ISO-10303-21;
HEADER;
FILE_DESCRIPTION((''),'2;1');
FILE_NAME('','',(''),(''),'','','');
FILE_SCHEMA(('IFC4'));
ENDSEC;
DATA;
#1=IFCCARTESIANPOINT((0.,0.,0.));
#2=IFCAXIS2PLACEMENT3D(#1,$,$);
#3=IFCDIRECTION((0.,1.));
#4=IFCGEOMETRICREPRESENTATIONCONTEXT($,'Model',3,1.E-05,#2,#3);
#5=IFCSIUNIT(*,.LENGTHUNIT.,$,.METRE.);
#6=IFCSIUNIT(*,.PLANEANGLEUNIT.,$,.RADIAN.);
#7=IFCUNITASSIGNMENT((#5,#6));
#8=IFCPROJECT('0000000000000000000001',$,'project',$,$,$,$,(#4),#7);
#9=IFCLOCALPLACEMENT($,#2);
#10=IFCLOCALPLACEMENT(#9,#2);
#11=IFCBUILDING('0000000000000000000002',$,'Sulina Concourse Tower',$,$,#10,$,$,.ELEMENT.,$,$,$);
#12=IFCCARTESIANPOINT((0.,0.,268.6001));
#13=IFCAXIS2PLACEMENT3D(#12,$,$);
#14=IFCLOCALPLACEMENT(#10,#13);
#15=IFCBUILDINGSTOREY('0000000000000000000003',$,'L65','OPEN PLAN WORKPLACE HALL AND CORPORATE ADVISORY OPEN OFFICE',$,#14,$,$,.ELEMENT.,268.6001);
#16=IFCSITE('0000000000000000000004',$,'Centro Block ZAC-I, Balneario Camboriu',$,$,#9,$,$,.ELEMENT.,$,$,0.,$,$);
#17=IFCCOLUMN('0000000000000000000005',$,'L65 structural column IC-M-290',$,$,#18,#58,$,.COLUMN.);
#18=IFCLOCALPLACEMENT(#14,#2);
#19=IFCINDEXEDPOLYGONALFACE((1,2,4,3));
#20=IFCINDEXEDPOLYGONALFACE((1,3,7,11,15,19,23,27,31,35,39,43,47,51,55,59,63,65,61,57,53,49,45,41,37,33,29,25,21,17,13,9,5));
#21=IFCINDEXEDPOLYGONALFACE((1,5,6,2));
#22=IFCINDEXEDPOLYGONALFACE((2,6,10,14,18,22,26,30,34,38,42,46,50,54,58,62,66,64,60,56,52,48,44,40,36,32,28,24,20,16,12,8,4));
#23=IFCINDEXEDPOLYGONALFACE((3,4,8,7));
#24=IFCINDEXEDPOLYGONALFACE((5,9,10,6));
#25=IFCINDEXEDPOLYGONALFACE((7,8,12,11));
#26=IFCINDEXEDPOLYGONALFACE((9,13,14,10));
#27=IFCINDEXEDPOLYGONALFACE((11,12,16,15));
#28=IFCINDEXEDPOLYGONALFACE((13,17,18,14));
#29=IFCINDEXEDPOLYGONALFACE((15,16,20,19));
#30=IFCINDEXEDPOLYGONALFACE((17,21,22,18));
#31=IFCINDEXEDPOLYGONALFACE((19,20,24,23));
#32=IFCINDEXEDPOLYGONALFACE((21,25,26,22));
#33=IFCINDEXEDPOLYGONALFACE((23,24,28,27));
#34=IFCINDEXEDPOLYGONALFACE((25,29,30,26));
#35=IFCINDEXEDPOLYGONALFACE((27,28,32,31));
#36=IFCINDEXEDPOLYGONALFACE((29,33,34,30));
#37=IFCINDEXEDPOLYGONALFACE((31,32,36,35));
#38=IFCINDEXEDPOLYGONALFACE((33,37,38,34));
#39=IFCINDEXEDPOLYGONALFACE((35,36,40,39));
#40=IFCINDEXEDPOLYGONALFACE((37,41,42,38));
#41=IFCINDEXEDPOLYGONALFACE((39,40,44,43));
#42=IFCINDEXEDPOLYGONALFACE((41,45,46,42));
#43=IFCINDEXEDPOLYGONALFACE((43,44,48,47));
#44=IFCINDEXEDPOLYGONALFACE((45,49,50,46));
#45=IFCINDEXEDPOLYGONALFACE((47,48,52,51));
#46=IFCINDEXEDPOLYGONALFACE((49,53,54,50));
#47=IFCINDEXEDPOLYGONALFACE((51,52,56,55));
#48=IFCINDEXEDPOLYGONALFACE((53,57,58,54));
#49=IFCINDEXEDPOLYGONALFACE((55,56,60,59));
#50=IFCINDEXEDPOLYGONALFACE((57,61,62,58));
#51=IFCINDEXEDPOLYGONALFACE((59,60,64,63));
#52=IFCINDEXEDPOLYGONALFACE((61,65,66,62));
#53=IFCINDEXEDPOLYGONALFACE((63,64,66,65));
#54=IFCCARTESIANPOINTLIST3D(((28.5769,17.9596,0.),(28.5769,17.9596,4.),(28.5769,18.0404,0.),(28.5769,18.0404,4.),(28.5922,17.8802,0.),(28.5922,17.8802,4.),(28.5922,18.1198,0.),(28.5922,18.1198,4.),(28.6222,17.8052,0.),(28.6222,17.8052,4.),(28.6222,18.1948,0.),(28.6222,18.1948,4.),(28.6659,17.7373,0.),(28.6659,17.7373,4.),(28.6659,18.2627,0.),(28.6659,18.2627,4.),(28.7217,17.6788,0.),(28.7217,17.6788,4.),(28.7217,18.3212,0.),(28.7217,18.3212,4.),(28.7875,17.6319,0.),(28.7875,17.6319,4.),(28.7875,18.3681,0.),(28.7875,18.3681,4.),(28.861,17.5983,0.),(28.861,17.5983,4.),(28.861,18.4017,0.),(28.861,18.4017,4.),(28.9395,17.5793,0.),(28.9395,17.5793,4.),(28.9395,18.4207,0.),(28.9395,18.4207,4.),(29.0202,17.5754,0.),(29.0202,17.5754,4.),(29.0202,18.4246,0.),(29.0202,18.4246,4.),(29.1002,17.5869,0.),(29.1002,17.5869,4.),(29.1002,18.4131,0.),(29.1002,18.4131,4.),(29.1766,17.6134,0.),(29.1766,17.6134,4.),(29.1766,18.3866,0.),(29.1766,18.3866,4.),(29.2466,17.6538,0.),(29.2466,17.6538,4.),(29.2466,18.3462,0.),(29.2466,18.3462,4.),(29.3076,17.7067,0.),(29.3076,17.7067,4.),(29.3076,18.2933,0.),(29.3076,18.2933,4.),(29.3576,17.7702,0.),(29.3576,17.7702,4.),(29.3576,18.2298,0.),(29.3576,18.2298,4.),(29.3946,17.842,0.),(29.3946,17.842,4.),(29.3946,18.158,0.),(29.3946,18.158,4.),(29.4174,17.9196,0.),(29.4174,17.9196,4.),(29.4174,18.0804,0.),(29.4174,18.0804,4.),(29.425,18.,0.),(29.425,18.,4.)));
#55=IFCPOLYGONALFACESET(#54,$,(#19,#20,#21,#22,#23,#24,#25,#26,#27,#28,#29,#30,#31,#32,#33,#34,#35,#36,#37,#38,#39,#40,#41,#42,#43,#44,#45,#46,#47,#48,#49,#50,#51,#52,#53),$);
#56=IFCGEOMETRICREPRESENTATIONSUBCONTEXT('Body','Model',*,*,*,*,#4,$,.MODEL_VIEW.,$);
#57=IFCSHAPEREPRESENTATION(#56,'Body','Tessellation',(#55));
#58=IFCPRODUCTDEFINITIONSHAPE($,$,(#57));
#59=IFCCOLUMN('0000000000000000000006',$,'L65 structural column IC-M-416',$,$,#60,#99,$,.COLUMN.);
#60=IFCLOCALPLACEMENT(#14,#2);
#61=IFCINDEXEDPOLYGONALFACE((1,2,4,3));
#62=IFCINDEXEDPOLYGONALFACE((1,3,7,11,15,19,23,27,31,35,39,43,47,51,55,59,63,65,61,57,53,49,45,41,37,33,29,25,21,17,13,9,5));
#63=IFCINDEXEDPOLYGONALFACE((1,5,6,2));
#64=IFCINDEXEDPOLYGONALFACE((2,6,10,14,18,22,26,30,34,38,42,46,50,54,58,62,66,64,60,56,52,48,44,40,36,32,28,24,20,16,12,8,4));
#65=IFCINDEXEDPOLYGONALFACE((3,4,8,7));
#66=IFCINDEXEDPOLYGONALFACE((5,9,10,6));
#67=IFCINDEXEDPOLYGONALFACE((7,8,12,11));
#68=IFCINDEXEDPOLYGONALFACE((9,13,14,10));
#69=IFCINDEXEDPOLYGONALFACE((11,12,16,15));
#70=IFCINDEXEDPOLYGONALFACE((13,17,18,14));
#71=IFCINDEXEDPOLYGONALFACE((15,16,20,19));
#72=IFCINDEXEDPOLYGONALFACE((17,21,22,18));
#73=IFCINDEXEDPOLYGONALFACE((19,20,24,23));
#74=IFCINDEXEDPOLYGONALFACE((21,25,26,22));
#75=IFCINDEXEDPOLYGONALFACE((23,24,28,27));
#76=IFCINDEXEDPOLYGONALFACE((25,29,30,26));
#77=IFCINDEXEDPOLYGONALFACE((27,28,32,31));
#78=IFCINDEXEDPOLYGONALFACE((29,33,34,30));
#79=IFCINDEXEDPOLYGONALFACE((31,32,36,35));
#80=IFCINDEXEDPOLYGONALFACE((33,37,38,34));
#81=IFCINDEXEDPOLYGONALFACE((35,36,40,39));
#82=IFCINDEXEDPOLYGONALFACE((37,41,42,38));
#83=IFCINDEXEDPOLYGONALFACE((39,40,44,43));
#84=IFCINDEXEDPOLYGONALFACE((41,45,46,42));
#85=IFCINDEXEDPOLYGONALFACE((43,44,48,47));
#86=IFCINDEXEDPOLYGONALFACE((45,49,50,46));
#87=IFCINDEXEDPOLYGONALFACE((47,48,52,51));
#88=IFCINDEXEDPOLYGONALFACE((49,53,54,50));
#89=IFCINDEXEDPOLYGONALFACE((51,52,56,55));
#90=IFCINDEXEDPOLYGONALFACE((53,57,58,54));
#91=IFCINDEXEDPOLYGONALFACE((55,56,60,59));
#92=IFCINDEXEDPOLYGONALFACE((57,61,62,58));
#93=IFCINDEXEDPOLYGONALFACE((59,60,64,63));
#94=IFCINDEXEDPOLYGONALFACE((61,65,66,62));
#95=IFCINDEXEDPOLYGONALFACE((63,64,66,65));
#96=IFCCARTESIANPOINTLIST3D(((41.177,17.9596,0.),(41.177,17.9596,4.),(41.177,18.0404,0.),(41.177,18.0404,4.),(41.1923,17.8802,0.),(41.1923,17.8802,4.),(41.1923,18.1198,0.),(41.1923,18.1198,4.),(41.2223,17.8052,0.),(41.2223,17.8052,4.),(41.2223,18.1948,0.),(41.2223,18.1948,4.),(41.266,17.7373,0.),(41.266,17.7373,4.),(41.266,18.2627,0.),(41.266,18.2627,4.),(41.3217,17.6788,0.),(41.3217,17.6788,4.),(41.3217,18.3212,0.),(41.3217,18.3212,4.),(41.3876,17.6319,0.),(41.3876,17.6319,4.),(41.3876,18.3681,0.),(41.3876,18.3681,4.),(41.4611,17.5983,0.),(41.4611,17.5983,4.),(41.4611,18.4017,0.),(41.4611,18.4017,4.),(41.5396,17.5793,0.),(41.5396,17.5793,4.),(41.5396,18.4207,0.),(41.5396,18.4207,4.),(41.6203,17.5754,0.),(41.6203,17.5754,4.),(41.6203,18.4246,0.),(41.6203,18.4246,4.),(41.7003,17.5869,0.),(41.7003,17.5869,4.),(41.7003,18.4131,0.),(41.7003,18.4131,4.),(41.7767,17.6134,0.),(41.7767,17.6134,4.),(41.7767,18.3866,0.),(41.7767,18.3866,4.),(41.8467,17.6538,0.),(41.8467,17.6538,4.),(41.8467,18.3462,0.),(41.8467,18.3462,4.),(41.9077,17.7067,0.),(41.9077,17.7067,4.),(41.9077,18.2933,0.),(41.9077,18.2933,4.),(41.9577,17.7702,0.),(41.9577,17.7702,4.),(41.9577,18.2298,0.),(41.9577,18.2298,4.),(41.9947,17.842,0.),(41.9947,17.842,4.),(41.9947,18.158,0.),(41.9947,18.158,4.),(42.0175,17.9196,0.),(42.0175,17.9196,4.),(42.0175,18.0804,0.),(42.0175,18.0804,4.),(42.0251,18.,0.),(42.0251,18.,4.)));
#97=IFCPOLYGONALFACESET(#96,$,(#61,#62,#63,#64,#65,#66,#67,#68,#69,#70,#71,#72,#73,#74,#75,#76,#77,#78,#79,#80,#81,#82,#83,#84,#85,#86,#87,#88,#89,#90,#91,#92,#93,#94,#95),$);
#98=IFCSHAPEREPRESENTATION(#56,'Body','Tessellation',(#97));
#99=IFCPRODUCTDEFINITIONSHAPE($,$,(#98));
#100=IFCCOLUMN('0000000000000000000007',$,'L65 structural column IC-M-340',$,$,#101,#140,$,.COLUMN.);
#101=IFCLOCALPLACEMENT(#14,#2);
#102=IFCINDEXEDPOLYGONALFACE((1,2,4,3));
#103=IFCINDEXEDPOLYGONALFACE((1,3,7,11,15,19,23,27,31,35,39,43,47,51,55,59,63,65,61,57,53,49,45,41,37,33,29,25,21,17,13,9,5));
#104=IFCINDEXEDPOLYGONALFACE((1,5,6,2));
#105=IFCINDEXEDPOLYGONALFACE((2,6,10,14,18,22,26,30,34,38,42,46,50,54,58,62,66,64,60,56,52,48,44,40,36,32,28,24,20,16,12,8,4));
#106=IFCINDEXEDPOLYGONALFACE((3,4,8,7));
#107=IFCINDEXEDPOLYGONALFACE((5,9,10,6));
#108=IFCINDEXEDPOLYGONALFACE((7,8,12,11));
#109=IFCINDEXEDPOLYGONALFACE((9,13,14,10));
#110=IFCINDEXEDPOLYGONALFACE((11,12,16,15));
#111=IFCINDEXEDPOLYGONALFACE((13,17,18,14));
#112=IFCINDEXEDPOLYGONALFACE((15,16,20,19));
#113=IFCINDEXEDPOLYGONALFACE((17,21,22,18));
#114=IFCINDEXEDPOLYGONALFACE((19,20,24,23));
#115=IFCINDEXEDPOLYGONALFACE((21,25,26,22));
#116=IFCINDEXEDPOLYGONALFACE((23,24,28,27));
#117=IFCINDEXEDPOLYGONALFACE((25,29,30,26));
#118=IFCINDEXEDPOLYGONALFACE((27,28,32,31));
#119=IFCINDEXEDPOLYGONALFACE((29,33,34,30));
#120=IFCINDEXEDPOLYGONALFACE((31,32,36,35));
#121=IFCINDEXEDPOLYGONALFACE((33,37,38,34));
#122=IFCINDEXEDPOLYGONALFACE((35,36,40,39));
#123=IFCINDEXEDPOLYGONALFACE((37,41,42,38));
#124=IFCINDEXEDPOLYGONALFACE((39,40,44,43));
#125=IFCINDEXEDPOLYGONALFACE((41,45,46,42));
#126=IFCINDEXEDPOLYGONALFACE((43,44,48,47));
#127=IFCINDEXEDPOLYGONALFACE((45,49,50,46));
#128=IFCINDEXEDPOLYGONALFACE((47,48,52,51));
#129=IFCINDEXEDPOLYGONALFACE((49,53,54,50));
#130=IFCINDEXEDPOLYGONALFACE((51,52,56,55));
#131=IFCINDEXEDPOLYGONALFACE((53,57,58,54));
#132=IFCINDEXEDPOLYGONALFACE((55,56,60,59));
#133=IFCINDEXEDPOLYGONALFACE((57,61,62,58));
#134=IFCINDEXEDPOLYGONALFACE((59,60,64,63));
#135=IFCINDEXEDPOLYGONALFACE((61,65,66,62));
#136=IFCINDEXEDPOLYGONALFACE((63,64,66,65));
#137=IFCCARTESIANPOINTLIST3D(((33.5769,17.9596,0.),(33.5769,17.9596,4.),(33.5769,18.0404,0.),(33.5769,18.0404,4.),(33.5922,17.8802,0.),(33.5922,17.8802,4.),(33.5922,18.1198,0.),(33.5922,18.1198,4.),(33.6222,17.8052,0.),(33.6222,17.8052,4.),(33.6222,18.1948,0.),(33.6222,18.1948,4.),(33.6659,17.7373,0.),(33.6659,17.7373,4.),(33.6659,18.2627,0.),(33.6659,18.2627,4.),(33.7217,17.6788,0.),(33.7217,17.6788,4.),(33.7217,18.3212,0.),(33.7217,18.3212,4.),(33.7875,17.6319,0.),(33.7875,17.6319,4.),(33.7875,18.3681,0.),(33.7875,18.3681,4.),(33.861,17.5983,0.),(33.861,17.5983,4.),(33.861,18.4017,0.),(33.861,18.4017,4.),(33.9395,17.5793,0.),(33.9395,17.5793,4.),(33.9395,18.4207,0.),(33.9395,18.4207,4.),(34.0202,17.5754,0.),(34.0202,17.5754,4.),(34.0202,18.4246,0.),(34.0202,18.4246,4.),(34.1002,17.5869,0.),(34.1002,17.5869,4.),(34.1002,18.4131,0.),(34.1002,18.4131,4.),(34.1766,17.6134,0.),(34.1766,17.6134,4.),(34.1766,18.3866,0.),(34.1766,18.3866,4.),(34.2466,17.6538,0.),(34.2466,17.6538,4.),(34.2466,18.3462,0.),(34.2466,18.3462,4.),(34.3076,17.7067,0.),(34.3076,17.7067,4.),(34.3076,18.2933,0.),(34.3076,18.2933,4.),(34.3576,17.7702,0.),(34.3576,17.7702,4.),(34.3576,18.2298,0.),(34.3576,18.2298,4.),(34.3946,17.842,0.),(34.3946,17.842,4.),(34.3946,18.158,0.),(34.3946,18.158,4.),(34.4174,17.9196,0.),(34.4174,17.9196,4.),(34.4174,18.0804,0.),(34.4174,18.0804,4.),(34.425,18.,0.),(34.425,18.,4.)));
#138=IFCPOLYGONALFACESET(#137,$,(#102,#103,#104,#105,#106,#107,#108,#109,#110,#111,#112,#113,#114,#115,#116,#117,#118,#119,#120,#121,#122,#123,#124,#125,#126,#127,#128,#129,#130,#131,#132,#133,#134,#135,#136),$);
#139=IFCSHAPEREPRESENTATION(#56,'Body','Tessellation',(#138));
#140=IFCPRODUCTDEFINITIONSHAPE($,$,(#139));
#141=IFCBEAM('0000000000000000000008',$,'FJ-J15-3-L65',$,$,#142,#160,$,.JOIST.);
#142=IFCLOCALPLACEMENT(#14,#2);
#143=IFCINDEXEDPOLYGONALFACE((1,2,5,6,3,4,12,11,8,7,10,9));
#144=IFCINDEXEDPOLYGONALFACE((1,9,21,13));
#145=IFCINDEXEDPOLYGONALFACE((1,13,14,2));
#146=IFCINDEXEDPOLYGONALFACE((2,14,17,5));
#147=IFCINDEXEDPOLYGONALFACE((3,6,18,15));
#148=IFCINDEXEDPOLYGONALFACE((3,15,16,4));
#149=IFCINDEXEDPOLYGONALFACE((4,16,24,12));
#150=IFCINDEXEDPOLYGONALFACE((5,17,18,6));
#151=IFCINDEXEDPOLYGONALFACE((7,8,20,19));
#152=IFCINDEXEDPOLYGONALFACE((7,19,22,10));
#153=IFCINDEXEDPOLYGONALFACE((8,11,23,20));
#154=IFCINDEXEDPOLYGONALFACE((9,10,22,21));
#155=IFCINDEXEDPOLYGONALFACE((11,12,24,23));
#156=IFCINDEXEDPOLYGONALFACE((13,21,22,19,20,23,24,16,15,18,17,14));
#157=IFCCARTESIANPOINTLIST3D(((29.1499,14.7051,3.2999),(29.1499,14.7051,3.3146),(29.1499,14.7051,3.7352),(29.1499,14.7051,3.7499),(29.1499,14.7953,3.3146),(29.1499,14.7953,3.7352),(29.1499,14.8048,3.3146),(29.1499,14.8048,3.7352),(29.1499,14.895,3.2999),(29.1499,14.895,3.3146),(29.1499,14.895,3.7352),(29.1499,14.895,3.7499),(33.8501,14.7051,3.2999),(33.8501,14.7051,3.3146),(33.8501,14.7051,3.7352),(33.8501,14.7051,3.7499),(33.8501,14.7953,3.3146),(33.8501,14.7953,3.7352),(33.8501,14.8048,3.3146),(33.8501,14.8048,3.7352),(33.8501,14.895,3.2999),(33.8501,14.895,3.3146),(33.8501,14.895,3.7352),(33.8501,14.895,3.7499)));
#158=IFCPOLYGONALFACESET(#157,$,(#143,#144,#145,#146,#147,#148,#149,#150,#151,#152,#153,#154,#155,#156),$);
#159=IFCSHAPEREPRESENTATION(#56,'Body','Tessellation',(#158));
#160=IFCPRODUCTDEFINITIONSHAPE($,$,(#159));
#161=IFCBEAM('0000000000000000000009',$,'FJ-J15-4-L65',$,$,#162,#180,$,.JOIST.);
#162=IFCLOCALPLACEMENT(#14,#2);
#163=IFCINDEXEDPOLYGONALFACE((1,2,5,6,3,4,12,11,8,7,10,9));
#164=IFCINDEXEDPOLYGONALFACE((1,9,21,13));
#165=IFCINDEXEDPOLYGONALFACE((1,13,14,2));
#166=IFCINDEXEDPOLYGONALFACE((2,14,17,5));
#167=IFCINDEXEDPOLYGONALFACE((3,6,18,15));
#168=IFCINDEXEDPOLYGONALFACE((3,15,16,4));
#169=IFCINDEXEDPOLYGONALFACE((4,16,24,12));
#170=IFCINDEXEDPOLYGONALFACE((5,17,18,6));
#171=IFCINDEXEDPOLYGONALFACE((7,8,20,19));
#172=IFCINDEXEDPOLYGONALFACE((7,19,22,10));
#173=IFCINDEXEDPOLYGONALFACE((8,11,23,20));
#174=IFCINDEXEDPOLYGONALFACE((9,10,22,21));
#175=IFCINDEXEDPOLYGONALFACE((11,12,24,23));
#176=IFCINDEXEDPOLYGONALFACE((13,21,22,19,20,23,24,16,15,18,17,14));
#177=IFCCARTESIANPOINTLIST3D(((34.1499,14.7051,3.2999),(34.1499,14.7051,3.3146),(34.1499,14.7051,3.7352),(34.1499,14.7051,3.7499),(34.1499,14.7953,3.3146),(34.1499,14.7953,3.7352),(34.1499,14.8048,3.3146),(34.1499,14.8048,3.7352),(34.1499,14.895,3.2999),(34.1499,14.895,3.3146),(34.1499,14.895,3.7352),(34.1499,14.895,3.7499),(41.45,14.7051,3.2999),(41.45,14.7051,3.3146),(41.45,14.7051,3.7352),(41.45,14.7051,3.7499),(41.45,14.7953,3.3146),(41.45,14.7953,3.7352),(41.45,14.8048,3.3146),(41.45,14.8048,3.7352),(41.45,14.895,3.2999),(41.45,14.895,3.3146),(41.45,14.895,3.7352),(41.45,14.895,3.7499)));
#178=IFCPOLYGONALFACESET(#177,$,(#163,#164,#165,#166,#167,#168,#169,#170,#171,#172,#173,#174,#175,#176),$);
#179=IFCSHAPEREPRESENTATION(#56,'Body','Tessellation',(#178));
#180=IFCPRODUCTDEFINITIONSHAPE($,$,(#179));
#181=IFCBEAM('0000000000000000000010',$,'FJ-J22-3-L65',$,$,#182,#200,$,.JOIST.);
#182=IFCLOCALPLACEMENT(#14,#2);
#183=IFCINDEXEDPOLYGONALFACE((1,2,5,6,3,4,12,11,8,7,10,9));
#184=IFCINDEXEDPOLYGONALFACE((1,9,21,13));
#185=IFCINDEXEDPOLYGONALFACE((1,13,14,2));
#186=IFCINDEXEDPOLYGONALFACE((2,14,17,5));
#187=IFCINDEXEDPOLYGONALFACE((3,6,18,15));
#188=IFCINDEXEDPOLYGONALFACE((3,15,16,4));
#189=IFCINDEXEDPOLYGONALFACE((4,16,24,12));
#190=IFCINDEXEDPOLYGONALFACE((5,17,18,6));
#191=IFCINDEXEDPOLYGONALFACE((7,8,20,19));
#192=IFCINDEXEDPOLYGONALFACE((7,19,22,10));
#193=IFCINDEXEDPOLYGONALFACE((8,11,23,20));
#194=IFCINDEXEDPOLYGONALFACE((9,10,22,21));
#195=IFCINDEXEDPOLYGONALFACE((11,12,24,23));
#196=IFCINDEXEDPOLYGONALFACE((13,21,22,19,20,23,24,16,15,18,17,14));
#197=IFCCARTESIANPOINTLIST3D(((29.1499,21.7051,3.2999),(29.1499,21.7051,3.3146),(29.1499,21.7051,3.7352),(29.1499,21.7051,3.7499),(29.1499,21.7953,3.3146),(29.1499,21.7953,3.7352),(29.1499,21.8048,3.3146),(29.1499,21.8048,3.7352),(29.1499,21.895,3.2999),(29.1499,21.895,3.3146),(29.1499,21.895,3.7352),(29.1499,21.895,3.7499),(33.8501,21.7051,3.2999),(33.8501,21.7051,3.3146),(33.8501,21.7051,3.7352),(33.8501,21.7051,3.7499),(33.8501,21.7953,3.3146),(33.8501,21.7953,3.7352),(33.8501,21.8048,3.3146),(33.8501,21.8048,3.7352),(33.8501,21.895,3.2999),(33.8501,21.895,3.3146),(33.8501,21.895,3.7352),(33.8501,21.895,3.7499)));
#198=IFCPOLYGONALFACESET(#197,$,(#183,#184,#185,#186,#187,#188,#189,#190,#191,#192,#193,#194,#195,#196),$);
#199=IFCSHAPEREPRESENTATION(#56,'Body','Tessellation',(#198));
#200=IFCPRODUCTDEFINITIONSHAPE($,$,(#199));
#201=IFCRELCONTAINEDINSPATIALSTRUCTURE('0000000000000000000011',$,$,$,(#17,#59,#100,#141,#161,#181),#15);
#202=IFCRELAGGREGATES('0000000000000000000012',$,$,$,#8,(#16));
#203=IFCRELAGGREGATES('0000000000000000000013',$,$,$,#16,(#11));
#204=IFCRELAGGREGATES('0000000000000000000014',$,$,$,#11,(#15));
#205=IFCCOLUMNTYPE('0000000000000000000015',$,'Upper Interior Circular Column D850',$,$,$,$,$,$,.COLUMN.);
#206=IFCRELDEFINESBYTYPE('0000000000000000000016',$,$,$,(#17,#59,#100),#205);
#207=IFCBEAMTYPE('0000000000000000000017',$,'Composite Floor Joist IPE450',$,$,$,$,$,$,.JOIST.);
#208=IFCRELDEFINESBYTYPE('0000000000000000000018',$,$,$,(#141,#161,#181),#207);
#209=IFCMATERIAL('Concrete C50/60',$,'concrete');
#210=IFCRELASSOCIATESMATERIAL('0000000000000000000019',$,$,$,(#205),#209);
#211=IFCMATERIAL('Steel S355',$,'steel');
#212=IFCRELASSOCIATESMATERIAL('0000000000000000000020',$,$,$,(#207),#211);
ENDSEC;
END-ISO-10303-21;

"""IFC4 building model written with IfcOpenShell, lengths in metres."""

from ifc_helpers import new_model, si_unit, direction, frame, origin, origin_2d, place, context, subcontext, project, spatial, circle, i_section, extrude, material, material_profile, profile_set, type_object, element, save


model = new_model("IFC4")

# Units and contexts
model_context = context("Model", 3, precision=1e-05, world=origin(), true_north=direction((0.0, 1.0)))
body_context = subcontext(model_context, "Body", "Model", "MODEL_VIEW")
ifc_project = project(units=[si_unit("LENGTHUNIT", "METRE"), si_unit("PLANEANGLEUNIT", "RADIAN")], contexts=[model_context])

# Site, building, storey
site_placement = place(None, origin())
site = spatial("IfcSite", under=ifc_project, at=site_placement, Name="Centro Block ZAC-I, Balneario Camboriu", CompositionType="ELEMENT", RefElevation=0.0)
building_placement = place(site_placement, origin())
building = spatial("IfcBuilding", under=site, at=building_placement, Name="Sulina Concourse Tower", CompositionType="ELEMENT")
storey_placement = place(building_placement, frame((0.0, 0.0, 268.6001)))
storey = spatial("IfcBuildingStorey", under=building, at=storey_placement, Name="L65", Description="OPEN PLAN WORKPLACE HALL AND CORPORATE ADVISORY OPEN OFFICE", CompositionType="ELEMENT", Elevation=268.6001)

# Columns
ifc_material_1 = material(Name="Concrete C50/60", Category="concrete")
ifc_material_profile_1 = material_profile(ifc_material_1, circle(Radius=0.425, at=origin_2d()), Name="RC D850")
ifc_profile_set_1 = profile_set([ifc_material_profile_1], Name="Concrete C50/60")
column_type = type_object("IfcColumnType", Name="Upper Interior Circular Column D850", PredefinedType="COLUMN", material=ifc_profile_set_1)
for number, where, z_axis, x_axis, name in (
    (1, (29.0, 18.0, 0.0), (0.0, 0.0, 1.0), (1.0, 0.0, 0.0), "L65 structural column IC-M-290"),
    (2, (41.6001, 18.0, 0.0), (0.0, 0.0, 1.0), (1.0, 0.0, 0.0), "L65 structural column IC-M-416"),
    (3, (34.0, 18.0, 0.0), (0.0, 0.0, 1.0), (1.0, 0.0, 0.0), "L65 structural column IC-M-340"),
):
    element("IfcColumn", number, at=place(storey_placement, frame(where, z_axis=z_axis, x_axis=x_axis)), inside=storey, type_object=column_type, Name=name, PredefinedType="COLUMN", context=body_context, shape_type="SweptSolid", body=[
        extrude(circle(Radius=0.425, at=origin_2d()), origin(), (0.0, 0.0, 1.0), 4.0),
    ])

# Beams
ifc_material_2 = material(Name="Steel S355", Category="steel")
ifc_material_profile_2 = material_profile(ifc_material_2, i_section(OverallWidth=0.1899, OverallDepth=0.45, WebThickness=0.0095, FlangeThickness=0.0146, at=origin_2d()), Name="IPE 450")
ifc_profile_set_2 = profile_set([ifc_material_profile_2], Name="Steel S355")
beam_type_1 = type_object("IfcBeamType", Name="Composite Floor Joist IPE450", PredefinedType="JOIST", material=ifc_profile_set_2)
beam_1_placement = place(storey_placement, frame((29.1499, 14.8, 3.5249), z_axis=(1.0, 0.0, 0.0), x_axis=(0.0, 1.0, 0.0)))
element("IfcBeam", 4, at=beam_1_placement, inside=storey, type_object=beam_type_1, Name="FJ-J15-3-L65", PredefinedType="JOIST", context=body_context, shape_type="SweptSolid", body=[
    extrude(i_section(OverallWidth=0.1899, OverallDepth=0.45, WebThickness=0.0095, FlangeThickness=0.0146, at=origin_2d()), origin(), (0.0, 0.0, 1.0), 4.7002),
])
beam_2_placement = place(storey_placement, frame((34.1499, 14.8, 3.5249), z_axis=(1.0, 0.0, 0.0), x_axis=(0.0, 1.0, 0.0)))
element("IfcBeam", 5, at=beam_2_placement, inside=storey, type_object=beam_type_1, Name="FJ-J15-4-L65", PredefinedType="JOIST", context=body_context, shape_type="SweptSolid", body=[
    extrude(i_section(OverallWidth=0.1899, OverallDepth=0.45, WebThickness=0.0095, FlangeThickness=0.0146, at=origin_2d()), origin(), (0.0, 0.0, 1.0), 7.3),
])
beam_3_placement = place(storey_placement, frame((29.1499, 21.8, 3.5249), z_axis=(1.0, 0.0, 0.0), x_axis=(0.0, 1.0, 0.0)))
element("IfcBeam", 6, at=beam_3_placement, inside=storey, type_object=beam_type_1, Name="FJ-J22-3-L65", PredefinedType="JOIST", context=body_context, shape_type="SweptSolid", body=[
    extrude(i_section(OverallWidth=0.1899, OverallDepth=0.45, WebThickness=0.0095, FlangeThickness=0.0146, at=origin_2d()), origin(), (0.0, 0.0, 1.0), 4.7002),
])

save(model, "model.ifc")
